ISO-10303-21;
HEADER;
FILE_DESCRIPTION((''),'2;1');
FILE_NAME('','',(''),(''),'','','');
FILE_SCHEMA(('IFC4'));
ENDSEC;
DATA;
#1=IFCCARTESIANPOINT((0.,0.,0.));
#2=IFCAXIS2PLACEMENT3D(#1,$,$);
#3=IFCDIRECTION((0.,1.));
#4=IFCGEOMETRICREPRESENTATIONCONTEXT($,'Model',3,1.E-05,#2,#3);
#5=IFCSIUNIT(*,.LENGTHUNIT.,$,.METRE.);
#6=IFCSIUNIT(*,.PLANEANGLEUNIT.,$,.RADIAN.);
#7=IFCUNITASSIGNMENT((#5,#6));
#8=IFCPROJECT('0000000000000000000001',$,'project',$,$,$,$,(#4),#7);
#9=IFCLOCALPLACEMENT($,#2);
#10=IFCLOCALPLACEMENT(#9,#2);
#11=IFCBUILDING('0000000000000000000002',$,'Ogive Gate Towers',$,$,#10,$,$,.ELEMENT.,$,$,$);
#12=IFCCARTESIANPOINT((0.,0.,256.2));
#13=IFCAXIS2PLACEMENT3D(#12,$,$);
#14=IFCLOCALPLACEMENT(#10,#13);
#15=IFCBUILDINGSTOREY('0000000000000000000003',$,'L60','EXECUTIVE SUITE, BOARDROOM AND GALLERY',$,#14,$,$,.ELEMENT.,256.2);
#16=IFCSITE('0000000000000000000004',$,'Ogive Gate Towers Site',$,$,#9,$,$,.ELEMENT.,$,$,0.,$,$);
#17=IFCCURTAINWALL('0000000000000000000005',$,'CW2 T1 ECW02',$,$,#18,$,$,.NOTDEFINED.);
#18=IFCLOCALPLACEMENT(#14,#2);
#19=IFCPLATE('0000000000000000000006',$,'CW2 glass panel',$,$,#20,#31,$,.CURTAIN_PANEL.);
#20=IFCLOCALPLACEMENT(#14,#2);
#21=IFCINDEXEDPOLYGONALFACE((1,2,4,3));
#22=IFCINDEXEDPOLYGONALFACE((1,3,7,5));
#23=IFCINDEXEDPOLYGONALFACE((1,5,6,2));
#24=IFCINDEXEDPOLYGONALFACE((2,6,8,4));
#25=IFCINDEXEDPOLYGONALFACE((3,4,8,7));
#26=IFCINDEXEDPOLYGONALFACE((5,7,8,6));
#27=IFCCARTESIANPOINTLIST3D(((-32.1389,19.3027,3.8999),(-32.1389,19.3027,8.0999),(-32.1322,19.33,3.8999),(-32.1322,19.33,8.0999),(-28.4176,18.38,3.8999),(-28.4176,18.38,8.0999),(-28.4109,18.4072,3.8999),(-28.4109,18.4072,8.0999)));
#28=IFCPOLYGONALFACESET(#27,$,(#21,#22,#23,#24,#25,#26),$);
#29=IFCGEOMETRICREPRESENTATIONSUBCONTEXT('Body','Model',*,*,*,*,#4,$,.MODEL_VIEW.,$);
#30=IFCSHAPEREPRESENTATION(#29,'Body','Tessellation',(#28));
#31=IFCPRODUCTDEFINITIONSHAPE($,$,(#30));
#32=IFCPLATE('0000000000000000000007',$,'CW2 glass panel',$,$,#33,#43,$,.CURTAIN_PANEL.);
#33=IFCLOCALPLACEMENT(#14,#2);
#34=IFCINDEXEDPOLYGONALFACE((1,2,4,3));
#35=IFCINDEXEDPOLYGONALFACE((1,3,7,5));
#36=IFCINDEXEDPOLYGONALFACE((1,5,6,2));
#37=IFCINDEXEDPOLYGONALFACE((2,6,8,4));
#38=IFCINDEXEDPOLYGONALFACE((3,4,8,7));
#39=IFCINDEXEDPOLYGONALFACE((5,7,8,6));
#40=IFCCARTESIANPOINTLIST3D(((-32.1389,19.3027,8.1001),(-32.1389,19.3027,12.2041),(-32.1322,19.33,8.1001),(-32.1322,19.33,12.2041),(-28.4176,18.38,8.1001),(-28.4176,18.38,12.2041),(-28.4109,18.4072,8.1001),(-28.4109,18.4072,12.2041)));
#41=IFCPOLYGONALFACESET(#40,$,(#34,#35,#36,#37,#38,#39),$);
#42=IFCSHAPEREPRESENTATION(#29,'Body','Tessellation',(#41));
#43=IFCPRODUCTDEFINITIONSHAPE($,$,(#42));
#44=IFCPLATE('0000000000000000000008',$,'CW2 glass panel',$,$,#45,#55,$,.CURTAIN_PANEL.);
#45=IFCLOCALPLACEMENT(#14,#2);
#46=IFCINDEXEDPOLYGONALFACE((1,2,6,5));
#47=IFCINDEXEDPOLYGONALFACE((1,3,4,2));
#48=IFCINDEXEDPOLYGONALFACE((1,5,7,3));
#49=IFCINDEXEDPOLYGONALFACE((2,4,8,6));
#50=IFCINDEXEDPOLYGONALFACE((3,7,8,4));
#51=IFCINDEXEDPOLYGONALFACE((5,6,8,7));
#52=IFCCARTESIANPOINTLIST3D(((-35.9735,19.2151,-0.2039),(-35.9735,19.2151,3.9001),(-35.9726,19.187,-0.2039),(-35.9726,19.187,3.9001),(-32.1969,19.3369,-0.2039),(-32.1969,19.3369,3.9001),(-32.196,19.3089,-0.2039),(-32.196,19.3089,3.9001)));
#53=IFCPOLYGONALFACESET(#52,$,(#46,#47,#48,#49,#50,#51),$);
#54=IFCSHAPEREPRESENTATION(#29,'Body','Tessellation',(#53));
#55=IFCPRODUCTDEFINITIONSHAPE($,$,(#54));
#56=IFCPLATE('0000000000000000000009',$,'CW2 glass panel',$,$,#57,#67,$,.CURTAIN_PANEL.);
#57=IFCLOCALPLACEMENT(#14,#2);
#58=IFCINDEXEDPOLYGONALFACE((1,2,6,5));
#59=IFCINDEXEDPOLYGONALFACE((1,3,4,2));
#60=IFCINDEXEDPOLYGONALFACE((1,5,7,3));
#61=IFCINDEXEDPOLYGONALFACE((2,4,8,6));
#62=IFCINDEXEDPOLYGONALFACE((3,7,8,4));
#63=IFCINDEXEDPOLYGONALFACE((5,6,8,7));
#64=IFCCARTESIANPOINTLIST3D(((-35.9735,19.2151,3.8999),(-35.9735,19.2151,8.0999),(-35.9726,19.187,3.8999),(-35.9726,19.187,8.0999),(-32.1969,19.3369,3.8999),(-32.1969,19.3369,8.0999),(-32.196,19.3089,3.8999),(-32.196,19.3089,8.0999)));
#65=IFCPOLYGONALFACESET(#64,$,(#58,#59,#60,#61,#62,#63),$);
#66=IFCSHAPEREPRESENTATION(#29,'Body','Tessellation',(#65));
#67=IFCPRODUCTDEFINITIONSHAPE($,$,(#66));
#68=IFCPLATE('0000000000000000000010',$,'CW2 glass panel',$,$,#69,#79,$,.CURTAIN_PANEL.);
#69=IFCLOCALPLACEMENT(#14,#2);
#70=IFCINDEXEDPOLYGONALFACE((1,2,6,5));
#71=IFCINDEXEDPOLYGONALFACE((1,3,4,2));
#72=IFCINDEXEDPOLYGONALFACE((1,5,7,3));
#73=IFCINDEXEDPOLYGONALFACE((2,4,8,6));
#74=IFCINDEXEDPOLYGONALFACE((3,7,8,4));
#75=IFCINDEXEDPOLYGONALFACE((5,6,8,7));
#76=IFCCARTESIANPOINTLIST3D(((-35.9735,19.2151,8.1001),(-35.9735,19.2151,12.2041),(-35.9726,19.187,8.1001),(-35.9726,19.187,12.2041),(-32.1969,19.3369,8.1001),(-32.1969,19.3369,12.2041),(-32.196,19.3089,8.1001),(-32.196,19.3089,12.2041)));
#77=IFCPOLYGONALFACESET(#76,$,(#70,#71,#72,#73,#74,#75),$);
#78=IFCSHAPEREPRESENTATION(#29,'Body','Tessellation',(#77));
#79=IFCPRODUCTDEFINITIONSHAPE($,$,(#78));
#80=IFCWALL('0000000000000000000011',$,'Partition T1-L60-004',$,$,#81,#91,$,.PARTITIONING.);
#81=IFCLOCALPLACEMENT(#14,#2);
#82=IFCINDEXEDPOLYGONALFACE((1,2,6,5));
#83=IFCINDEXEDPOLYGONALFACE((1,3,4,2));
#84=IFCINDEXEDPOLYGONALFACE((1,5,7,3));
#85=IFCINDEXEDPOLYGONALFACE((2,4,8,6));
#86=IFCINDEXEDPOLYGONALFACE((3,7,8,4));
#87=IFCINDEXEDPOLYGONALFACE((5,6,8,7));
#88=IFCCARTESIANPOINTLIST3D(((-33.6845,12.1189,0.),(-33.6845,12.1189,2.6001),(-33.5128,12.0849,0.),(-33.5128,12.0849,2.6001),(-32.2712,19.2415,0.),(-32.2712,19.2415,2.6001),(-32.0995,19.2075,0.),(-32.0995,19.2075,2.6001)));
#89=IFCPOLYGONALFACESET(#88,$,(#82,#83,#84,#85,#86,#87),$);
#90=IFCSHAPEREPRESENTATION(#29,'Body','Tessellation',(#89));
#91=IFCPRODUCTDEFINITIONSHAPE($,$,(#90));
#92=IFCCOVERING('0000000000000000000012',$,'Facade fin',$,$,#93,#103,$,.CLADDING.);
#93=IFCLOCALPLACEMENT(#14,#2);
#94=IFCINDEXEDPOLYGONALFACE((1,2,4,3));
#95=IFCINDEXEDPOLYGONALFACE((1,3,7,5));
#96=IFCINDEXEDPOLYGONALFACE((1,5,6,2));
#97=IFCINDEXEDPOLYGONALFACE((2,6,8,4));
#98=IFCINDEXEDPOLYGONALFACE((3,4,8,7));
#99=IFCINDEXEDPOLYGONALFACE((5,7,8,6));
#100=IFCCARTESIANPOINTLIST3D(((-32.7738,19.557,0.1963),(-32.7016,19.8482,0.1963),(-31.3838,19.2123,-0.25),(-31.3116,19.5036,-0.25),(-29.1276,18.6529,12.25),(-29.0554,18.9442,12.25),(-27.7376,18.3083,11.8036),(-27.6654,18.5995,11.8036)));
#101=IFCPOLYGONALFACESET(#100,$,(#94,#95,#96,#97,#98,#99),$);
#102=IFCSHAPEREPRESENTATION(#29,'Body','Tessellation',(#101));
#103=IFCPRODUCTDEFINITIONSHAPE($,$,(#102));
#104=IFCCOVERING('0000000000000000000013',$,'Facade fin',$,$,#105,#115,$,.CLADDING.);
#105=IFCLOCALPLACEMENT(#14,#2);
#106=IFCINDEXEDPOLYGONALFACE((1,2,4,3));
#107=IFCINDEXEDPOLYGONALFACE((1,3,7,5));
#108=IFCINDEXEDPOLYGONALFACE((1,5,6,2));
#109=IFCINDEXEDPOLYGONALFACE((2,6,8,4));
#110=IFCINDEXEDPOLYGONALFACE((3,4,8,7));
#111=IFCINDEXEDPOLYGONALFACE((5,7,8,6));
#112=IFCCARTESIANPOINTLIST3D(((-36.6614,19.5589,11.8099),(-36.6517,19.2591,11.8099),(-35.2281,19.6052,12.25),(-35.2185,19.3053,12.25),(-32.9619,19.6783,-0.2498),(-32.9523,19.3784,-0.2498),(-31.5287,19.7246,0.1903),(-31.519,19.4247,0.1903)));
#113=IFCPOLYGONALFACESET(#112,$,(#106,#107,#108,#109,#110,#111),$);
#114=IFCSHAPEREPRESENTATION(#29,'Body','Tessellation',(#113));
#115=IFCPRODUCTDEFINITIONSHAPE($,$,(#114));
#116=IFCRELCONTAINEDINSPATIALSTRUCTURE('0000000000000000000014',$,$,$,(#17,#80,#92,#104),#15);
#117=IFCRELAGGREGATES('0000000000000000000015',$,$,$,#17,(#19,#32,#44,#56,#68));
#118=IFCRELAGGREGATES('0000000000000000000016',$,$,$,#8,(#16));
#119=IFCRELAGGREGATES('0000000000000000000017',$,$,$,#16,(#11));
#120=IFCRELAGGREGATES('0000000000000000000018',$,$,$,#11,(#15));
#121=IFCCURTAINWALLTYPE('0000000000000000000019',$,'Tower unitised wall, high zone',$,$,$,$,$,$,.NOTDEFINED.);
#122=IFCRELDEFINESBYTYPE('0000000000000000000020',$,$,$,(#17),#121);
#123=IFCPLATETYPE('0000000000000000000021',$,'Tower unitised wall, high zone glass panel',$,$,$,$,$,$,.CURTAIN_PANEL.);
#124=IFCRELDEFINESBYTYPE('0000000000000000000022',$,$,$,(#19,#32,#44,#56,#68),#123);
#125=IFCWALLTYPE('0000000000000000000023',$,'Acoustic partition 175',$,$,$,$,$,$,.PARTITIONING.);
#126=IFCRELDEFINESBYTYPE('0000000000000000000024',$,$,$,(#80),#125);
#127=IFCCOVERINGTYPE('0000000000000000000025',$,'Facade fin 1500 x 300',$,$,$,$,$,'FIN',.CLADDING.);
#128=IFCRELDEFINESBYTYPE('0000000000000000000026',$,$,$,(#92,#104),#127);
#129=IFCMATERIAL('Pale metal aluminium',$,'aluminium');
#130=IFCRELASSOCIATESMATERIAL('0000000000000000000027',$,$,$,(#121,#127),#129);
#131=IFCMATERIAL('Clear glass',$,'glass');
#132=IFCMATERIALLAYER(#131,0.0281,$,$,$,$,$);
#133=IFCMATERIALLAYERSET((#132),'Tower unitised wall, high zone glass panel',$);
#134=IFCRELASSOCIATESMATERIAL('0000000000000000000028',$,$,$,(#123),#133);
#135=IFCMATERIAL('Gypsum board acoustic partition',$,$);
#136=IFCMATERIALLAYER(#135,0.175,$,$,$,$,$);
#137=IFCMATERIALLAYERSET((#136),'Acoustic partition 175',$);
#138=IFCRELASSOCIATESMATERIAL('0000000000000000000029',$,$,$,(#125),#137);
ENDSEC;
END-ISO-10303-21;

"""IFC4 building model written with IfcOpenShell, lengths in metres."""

from ifc_helpers import new_model, si_unit, direction, frame, frame_2d, origin, origin_2d, place, context, subcontext, project, spatial, rectangle, extrude, material, layer, layer_set, material_profile, profile_set, type_object, element, aggregate, save


model = new_model("IFC4")

# Units and contexts
model_context = context("Model", 3, precision=1e-05, world=origin(), true_north=direction((0.0, 1.0)))
body_context = subcontext(model_context, "Body", "Model", "MODEL_VIEW")
ifc_project = project(units=[si_unit("LENGTHUNIT", "METRE"), si_unit("PLANEANGLEUNIT", "RADIAN")], contexts=[model_context])

# Site, building, storey
site_placement = place(None, origin())
site = spatial("IfcSite", under=ifc_project, at=site_placement, Name="Ogive Gate Towers Site", CompositionType="ELEMENT", RefElevation=0.0)
building_placement = place(site_placement, origin())
building = spatial("IfcBuilding", under=site, at=building_placement, Name="Ogive Gate Towers", CompositionType="ELEMENT")
storey_placement = place(building_placement, frame((0.0, 0.0, 256.2)))
storey = spatial("IfcBuildingStorey", under=building, at=storey_placement, Name="L60", Description="EXECUTIVE SUITE, BOARDROOM AND GALLERY", CompositionType="ELEMENT", Elevation=256.2)

# Curtain wall, plates
ifc_material_1 = material(Name="Pale metal aluminium", Category="aluminium")
curtain_wall_type = type_object("IfcCurtainWallType", Name="Tower unitised wall, high zone", PredefinedType="NOTDEFINED", material=ifc_material_1)
curtain_wall_placement = place(storey_placement, origin())
curtain_wall = element("IfcCurtainWall", 1, at=curtain_wall_placement, inside=storey, type_object=curtain_wall_type, Name="CW2 T1 ECW02", PredefinedType="NOTDEFINED")
ifc_material_2 = material(Name="Clear glass", Category="glass")
ifc_layer_1 = layer(ifc_material_2, 0.0281)
ifc_layer_set_1 = layer_set([ifc_layer_1], Name="Tower unitised wall, high zone glass panel")
plate_type = type_object("IfcPlateType", Name="Tower unitised wall, high zone glass panel", PredefinedType="CURTAIN_PANEL", material=ifc_layer_set_1)
plate_1_placement = place(storey_placement, frame((-30.2749, 18.855, 3.8999), z_axis=(0.0, 0.0, 1.0), x_axis=(-0.970607, 0.240669, 0.0)))
plate_1 = element("IfcPlate", 2, at=plate_1_placement, type_object=plate_type, Name="CW2 glass panel", PredefinedType="CURTAIN_PANEL", context=body_context, shape_type="SweptSolid", body=[
    extrude(rectangle(XDim=3.834, YDim=0.0281, at=origin_2d()), origin(), (0.0, 0.0, 1.0), 4.2),
])
plate_2_placement = place(storey_placement, frame((-30.2749, 18.855, 8.1001), z_axis=(0.0, 0.0, 1.0), x_axis=(-0.970607, 0.240669, 0.0)))
plate_2 = element("IfcPlate", 3, at=plate_2_placement, type_object=plate_type, Name="CW2 glass panel", PredefinedType="CURTAIN_PANEL", context=body_context, shape_type="SweptSolid", body=[
    extrude(rectangle(XDim=3.834, YDim=0.0281, at=origin_2d()), origin(), (0.0, 0.0, 1.0), 4.104),
])
plate_3_placement = place(storey_placement, frame((-34.0847, 19.262, -0.2039), z_axis=(0.0, 0.0, 1.0), x_axis=(-0.99948, -0.032248, 0.0)))
plate_3 = element("IfcPlate", 4, at=plate_3_placement, type_object=plate_type, Name="CW2 glass panel", PredefinedType="CURTAIN_PANEL", context=body_context, shape_type="SweptSolid", body=[
    extrude(rectangle(XDim=3.7786, YDim=0.0281, at=origin_2d()), origin(), (0.0, 0.0, 1.0), 4.104),
])
plate_4_placement = place(storey_placement, frame((-34.0847, 19.262, 3.8999), z_axis=(0.0, 0.0, 1.0), x_axis=(-0.99948, -0.032248, 0.0)))
plate_4 = element("IfcPlate", 5, at=plate_4_placement, type_object=plate_type, Name="CW2 glass panel", PredefinedType="CURTAIN_PANEL", context=body_context, shape_type="SweptSolid", body=[
    extrude(rectangle(XDim=3.7786, YDim=0.0281, at=origin_2d()), origin(), (0.0, 0.0, 1.0), 4.2),
])
plate_5_placement = place(storey_placement, frame((-34.0847, 19.262, 8.1001), z_axis=(0.0, 0.0, 1.0), x_axis=(-0.99948, -0.032248, 0.0)))
plate_5 = element("IfcPlate", 6, at=plate_5_placement, type_object=plate_type, Name="CW2 glass panel", PredefinedType="CURTAIN_PANEL", context=body_context, shape_type="SweptSolid", body=[
    extrude(rectangle(XDim=3.7786, YDim=0.0281, at=origin_2d()), origin(), (0.0, 0.0, 1.0), 4.104),
])
aggregate(curtain_wall, [plate_1, plate_2, plate_3, plate_4, plate_5])

# Wall
ifc_material_3 = material(Name="Gypsum board acoustic partition")
ifc_layer_2 = layer(ifc_material_3, 0.175)
ifc_layer_set_2 = layer_set([ifc_layer_2], Name="Acoustic partition 175")
wall_type = type_object("IfcWallType", Name="Acoustic partition 175", PredefinedType="PARTITIONING", material=ifc_layer_set_2)
wall_placement = place(storey_placement, frame((-32.1853, 19.2246, 0.0), z_axis=(0.0, 0.0, 1.0), x_axis=(-0.194635, -0.980876, 0.0)))
element("IfcWall", 7, at=wall_placement, inside=storey, type_object=wall_type, Name="Partition T1-L60-004", PredefinedType="PARTITIONING", context=body_context, shape_type="SweptSolid", body=[
    extrude(rectangle(XDim=7.2615, YDim=0.175, at=frame_2d((3.6309, 0.0))), origin(), (0.0, 0.0, 1.0), 2.6001),
])

# Coverings
ifc_material_profile_1 = material_profile(ifc_material_1, rectangle(XDim=0.3, YDim=1.5, at=origin_2d()), Name="1500 x 300 pale metal aluminium")
ifc_profile_set_1 = profile_set([ifc_material_profile_1], Name="Pale metal aluminium")
covering_type = type_object("IfcCoveringType", Name="Facade fin 1500 x 300", ElementType="FIN", PredefinedType="CLADDING", material=ifc_profile_set_1)
covering_1_placement = place(storey_placement, frame((-32.0427, 19.5303, -0.0269), z_axis=(0.288799, -0.071605, 0.954708), x_axis=(0.240654, 0.970611, 0.0)))
element("IfcCovering", 8, at=covering_1_placement, inside=storey, type_object=covering_type, Name="Facade fin", PredefinedType="CLADDING", context=body_context, shape_type="SweptSolid", body=[
    extrude(rectangle(XDim=0.3, YDim=1.5, at=origin_2d()), origin(), (0.0, 0.0, 1.0), 12.6255),
])
covering_2_placement = place(storey_placement, frame((-32.2405, 19.5515, -0.0298), z_axis=(-0.293258, -0.009464, 0.955987), x_axis=(0.032254, -0.99948, 0.0)))
element("IfcCovering", 9, at=covering_2_placement, inside=storey, type_object=covering_type, Name="Facade fin", PredefinedType="CLADDING", context=body_context, shape_type="SweptSolid", body=[
    extrude(rectangle(XDim=0.3, YDim=1.5, at=origin_2d()), origin(), (0.0, 0.0, 1.0), 12.615),
])

save(model, "model.ifc")
